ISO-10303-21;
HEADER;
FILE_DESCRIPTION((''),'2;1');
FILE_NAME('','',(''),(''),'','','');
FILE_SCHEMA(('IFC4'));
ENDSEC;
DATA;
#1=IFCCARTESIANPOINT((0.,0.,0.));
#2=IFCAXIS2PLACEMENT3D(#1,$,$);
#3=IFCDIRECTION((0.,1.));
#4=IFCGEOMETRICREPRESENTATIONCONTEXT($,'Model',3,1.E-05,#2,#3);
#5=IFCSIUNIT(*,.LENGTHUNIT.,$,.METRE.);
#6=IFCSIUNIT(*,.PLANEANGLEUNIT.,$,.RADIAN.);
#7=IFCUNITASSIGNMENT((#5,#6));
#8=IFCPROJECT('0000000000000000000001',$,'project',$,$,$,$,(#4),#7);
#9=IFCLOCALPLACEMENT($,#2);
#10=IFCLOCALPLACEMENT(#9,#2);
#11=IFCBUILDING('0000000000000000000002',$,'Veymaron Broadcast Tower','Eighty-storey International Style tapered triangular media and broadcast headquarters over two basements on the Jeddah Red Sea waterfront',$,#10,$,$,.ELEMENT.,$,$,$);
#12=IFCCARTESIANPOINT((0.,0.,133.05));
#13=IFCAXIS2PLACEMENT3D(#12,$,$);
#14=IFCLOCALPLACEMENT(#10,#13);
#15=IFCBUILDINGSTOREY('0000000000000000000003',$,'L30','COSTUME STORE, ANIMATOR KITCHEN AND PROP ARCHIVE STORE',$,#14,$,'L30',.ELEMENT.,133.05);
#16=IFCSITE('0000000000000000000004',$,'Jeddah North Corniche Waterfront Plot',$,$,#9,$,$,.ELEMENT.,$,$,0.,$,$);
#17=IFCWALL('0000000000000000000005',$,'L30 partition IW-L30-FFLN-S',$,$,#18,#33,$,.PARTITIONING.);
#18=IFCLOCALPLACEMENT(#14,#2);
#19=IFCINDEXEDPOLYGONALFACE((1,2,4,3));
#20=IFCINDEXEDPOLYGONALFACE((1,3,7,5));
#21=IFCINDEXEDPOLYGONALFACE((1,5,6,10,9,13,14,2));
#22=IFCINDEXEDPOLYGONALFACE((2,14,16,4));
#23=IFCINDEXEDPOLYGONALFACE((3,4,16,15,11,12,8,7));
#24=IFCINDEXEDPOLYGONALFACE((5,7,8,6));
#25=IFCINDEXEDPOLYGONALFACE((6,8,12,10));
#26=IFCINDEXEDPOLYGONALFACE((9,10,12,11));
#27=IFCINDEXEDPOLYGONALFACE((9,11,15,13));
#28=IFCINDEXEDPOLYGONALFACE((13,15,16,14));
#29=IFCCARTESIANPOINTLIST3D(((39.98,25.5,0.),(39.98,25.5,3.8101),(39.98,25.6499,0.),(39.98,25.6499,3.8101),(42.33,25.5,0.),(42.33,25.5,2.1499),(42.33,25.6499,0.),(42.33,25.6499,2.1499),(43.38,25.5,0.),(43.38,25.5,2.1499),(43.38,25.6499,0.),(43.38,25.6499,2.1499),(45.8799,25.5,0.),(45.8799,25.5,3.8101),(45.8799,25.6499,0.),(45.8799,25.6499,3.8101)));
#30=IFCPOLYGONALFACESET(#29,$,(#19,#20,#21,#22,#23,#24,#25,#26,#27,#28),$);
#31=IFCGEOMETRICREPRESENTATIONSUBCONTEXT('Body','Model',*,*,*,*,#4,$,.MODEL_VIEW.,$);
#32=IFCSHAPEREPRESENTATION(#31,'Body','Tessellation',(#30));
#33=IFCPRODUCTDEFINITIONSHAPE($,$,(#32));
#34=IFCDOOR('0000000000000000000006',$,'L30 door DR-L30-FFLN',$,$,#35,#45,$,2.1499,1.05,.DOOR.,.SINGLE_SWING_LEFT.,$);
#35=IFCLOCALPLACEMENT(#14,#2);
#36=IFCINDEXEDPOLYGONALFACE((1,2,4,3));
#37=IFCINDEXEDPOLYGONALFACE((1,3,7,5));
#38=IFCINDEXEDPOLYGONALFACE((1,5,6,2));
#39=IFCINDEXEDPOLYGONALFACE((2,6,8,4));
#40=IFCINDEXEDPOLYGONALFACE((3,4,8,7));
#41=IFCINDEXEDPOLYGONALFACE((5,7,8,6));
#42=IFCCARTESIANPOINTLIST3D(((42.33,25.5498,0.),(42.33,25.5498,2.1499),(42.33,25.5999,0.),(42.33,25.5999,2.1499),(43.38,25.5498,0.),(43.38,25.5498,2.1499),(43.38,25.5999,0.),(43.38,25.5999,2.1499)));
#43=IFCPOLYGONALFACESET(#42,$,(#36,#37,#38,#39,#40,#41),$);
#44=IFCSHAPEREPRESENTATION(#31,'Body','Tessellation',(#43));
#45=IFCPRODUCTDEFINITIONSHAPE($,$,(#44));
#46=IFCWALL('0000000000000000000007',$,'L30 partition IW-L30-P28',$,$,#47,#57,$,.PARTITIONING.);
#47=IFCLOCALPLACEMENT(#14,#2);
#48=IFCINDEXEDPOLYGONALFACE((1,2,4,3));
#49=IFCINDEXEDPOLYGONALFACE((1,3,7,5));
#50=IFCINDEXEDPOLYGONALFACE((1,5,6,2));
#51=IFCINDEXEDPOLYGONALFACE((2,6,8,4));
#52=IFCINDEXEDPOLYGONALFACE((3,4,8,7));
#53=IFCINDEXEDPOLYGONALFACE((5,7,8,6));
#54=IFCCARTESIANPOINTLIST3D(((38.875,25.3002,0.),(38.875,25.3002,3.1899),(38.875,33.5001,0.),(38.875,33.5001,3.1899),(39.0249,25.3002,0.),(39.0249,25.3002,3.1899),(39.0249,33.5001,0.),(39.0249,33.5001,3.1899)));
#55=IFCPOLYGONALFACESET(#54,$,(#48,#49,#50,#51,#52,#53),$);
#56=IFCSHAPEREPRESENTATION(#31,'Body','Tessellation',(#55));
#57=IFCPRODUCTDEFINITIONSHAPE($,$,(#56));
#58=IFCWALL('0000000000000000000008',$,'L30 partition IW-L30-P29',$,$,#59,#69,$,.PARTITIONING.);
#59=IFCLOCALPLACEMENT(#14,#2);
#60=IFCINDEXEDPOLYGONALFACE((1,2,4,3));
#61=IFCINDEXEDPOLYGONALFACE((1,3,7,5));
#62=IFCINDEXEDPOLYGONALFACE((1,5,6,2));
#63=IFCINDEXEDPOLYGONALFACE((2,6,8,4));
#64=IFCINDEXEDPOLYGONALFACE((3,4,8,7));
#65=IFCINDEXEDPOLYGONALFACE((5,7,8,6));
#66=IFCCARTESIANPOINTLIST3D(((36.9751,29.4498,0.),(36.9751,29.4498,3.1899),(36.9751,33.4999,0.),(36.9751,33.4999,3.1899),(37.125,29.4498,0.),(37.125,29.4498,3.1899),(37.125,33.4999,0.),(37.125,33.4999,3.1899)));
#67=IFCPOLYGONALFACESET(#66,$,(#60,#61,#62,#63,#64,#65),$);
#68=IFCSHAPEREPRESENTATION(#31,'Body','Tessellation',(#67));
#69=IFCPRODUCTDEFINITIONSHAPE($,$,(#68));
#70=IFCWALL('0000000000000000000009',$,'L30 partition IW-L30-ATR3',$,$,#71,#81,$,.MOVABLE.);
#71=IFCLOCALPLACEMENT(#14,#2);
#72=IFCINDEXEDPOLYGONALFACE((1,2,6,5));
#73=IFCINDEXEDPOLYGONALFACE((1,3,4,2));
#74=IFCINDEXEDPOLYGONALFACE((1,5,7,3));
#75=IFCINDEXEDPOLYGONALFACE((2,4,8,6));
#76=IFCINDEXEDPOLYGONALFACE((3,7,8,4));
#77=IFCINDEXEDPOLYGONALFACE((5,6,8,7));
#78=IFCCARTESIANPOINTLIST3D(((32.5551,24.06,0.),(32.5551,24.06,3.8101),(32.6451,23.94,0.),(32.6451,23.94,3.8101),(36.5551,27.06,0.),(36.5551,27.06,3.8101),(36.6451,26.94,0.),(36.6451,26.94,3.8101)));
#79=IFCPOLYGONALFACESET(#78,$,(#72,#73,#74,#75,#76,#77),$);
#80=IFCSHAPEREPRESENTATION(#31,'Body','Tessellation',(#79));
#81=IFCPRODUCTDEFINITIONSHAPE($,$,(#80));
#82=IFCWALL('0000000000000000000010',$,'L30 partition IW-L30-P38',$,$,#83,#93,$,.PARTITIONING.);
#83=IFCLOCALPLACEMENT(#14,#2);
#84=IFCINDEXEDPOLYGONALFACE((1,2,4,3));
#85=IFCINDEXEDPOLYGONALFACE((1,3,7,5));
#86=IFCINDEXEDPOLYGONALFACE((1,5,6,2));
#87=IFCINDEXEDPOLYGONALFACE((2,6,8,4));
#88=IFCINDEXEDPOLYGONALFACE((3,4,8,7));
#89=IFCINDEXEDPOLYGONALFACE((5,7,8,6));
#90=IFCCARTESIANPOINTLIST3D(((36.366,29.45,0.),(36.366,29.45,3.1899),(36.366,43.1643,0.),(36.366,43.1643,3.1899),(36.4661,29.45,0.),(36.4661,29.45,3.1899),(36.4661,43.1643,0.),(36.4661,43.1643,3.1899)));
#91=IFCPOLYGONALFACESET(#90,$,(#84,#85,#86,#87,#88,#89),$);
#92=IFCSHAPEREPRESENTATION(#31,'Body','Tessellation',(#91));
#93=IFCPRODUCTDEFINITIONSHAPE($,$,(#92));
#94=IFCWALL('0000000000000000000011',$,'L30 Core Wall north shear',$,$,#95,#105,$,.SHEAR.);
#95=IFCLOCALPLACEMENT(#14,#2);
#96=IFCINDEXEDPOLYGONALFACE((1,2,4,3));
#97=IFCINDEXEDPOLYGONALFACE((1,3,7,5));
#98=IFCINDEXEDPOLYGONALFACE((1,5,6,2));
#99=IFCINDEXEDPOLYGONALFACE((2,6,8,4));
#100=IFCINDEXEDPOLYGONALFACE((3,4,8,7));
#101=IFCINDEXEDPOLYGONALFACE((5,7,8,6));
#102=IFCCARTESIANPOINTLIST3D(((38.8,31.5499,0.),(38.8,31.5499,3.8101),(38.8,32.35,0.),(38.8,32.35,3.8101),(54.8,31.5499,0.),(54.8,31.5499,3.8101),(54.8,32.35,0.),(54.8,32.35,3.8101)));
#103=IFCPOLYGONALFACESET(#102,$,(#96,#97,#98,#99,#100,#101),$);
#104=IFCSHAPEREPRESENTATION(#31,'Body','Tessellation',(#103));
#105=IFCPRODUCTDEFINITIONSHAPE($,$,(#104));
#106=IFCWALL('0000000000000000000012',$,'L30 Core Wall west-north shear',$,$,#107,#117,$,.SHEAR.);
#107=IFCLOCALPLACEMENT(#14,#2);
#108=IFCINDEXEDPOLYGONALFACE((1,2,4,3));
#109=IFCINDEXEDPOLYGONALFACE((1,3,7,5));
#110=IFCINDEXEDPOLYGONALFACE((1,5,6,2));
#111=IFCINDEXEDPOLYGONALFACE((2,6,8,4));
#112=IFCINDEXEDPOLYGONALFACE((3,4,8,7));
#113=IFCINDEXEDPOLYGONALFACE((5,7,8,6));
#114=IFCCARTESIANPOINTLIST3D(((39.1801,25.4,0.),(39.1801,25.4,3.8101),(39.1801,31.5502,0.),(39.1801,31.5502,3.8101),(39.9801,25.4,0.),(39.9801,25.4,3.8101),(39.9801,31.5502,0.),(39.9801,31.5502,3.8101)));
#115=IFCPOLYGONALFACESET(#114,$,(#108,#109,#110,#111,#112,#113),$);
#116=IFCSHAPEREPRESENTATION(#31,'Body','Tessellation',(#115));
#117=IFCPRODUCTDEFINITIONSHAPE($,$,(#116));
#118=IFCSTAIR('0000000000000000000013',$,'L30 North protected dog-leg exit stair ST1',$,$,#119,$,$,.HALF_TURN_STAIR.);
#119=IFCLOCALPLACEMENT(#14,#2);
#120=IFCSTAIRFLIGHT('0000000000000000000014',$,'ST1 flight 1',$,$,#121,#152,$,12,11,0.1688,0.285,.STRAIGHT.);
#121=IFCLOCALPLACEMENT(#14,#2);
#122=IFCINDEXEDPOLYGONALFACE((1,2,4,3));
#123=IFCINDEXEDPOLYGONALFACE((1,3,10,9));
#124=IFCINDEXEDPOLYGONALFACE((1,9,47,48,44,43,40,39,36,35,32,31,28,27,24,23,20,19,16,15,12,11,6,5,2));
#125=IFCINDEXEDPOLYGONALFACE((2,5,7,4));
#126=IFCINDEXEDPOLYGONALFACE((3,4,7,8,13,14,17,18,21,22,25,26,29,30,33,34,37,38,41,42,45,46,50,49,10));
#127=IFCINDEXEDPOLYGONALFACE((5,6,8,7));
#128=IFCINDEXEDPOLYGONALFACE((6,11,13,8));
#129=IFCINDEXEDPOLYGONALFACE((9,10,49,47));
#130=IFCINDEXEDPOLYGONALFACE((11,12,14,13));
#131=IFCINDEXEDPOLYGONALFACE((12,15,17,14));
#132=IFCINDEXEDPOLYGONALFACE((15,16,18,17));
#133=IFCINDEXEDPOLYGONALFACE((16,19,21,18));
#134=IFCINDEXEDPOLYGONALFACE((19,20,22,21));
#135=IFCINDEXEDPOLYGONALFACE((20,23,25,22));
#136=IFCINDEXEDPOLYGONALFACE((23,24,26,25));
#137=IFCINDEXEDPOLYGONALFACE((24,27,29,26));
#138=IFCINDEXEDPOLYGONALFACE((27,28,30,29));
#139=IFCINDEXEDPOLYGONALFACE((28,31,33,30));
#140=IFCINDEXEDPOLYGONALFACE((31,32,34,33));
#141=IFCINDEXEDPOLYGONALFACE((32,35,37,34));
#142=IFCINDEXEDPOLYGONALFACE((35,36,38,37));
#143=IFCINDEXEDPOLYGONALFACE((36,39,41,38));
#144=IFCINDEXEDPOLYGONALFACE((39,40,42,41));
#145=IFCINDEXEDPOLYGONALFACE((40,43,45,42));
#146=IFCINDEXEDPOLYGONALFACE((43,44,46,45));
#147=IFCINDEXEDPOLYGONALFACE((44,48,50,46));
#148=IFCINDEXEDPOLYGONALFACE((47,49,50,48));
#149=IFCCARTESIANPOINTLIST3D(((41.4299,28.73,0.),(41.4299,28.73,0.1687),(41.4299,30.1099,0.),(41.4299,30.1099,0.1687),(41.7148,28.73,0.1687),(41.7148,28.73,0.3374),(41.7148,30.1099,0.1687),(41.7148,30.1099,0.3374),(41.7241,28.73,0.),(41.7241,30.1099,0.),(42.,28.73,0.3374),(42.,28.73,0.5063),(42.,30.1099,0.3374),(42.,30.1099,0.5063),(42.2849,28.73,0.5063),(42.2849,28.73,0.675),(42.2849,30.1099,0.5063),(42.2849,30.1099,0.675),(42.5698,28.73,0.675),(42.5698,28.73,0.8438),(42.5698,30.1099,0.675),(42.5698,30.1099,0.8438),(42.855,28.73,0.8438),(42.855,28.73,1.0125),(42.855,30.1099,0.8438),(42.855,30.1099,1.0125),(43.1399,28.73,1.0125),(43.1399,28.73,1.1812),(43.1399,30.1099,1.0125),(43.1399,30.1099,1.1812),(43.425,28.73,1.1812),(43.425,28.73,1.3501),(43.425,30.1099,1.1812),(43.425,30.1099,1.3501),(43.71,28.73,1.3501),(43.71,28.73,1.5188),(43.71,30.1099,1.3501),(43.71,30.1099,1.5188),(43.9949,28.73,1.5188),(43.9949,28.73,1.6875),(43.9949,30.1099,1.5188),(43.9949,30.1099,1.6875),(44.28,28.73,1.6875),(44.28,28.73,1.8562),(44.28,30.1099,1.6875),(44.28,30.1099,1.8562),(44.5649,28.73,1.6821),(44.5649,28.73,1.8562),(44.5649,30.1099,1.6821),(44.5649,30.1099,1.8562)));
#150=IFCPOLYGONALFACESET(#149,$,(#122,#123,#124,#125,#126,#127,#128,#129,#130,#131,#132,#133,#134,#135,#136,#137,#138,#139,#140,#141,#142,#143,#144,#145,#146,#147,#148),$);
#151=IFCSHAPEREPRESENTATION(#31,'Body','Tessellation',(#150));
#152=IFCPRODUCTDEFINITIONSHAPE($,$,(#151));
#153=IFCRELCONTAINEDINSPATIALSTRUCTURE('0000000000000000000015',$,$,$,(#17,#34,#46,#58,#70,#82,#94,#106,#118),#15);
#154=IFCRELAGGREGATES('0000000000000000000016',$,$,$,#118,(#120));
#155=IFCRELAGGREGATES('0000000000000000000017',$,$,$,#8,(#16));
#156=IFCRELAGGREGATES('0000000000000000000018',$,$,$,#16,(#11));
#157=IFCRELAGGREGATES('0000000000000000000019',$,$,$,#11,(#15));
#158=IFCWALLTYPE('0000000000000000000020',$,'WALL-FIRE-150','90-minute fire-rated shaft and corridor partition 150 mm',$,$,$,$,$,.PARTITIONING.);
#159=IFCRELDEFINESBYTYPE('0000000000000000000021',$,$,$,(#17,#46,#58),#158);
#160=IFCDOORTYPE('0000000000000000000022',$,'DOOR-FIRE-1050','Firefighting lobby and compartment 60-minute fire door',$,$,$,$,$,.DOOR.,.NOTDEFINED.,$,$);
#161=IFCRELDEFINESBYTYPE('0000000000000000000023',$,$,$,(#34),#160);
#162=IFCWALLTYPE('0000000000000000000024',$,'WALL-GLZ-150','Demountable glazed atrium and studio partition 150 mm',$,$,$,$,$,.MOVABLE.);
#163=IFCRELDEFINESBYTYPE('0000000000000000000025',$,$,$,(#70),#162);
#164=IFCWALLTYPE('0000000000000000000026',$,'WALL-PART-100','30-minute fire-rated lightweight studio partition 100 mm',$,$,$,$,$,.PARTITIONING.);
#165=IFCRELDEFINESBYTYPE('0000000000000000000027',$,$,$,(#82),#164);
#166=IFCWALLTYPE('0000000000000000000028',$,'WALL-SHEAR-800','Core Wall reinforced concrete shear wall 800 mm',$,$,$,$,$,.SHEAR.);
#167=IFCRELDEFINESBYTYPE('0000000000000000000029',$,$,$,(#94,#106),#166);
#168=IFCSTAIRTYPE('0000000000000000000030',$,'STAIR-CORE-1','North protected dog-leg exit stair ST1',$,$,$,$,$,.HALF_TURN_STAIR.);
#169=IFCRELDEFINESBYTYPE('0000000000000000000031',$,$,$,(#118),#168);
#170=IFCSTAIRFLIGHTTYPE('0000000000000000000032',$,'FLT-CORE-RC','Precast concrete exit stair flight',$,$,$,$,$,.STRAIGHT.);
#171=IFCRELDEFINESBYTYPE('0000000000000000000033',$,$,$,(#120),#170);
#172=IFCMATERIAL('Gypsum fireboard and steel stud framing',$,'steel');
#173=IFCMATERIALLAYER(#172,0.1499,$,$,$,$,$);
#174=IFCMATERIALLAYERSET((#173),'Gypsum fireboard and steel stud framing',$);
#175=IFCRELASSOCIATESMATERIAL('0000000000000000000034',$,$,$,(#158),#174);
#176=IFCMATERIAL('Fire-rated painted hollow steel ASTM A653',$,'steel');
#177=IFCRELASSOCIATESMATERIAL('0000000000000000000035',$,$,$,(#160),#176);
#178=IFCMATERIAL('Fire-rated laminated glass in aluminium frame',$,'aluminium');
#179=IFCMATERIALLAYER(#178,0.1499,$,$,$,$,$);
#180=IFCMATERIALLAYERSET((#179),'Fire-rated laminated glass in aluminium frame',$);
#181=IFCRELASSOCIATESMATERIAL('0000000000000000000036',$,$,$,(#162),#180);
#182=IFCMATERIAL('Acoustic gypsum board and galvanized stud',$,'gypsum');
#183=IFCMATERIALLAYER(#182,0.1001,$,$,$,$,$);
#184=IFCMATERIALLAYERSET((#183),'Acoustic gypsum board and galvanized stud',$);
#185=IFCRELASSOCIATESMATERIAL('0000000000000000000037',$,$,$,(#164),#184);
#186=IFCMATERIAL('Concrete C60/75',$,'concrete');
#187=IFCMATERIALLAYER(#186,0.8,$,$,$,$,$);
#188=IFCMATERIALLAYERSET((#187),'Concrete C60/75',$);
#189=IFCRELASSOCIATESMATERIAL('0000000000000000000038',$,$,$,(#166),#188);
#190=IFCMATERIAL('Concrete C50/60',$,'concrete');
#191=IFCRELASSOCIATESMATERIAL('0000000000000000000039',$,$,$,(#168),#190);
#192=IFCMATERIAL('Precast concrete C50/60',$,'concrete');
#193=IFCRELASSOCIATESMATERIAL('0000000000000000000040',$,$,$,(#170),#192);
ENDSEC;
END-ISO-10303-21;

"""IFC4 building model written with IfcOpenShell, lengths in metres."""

from ifc_helpers import new_model, si_unit, direction, frame, frame_2d, origin, place, context, subcontext, project, spatial, polyline, rectangle, outline, extrude, material, layer, layer_set, type_object, element, fill, aggregate, save


model = new_model("IFC4")

# Units and contexts
model_context = context("Model", 3, precision=1e-05, world=origin(), true_north=direction((0.0, 1.0)))
body_context = subcontext(model_context, "Body", "Model", "MODEL_VIEW")
ifc_project = project(units=[si_unit("LENGTHUNIT", "METRE"), si_unit("PLANEANGLEUNIT", "RADIAN")], contexts=[model_context])

# Site, building, storey
site_placement = place(None, origin())
site = spatial("IfcSite", under=ifc_project, at=site_placement, Name="Jeddah North Corniche Waterfront Plot", CompositionType="ELEMENT", RefElevation=0.0)
building_placement = place(site_placement, origin())
building = spatial("IfcBuilding", under=site, at=building_placement, Name="Veymaron Broadcast Tower", Description="Eighty-storey International Style tapered triangular media and broadcast headquarters over two basements on the Jeddah Red Sea waterfront", CompositionType="ELEMENT")
storey_placement = place(building_placement, frame((0.0, 0.0, 133.05)))
storey = spatial("IfcBuildingStorey", under=building, at=storey_placement, Name="L30", Description="COSTUME STORE, ANIMATOR KITCHEN AND PROP ARCHIVE STORE", LongName="L30", CompositionType="ELEMENT", Elevation=133.05)

# Wall, opening, door
ifc_material_1 = material(Name="Gypsum fireboard and steel stud framing", Category="steel")
ifc_layer_1 = layer(ifc_material_1, 0.1499)
ifc_layer_set_1 = layer_set([ifc_layer_1], Name="Gypsum fireboard and steel stud framing")
wall_type_1 = type_object("IfcWallType", Name="WALL-FIRE-150", Description="90-minute fire-rated shaft and corridor partition 150 mm", PredefinedType="PARTITIONING", material=ifc_layer_set_1)
wall_1_placement = place(storey_placement, frame((39.98, 25.575, 0.0), z_axis=(0.0, 0.0, 1.0), x_axis=(1.0, 0.0, 0.0)))
wall_1 = element("IfcWall", 1, at=wall_1_placement, inside=storey, type_object=wall_type_1, Name="L30 partition IW-L30-FFLN-S", PredefinedType="PARTITIONING", context=body_context, shape_type="SweptSolid", body=[
    extrude(rectangle(XDim=5.8999, YDim=0.1499, at=frame_2d((2.95, 0.0))), origin(), (0.0, 0.0, 1.0), 3.8101),
])
opening_1_placement = place(wall_1_placement, frame((2.3501, 0.0, 0.0)))
opening_1 = element("IfcOpeningElement", 2, at=opening_1_placement, cuts=wall_1, PredefinedType="OPENING", context=body_context, shape_type="SweptSolid", body=[
    extrude(rectangle(XDim=1.05, YDim=2.1499, at=frame_2d((0.5249, 1.075))), frame((0.0, 0.085, 0.0), z_axis=(0.0, -1.0, 0.0), x_axis=(1.0, 0.0, 0.0)), (0.0, 0.0, 1.0), 0.1699),
])
ifc_material_2 = material(Name="Fire-rated painted hollow steel ASTM A653", Category="steel")
door_type_1 = type_object("IfcDoorType", Name="DOOR-FIRE-1050", Description="Firefighting lobby and compartment 60-minute fire door", OperationType="NOTDEFINED", PredefinedType="DOOR", material=ifc_material_2)
door_1_placement = place(opening_1_placement, origin())
door_1 = element("IfcDoor", 3, at=door_1_placement, inside=storey, type_object=door_type_1, Name="L30 door DR-L30-FFLN", OperationType="SINGLE_SWING_LEFT", OverallHeight=2.1499, OverallWidth=1.05, PredefinedType="DOOR", context=body_context, shape_type="SweptSolid", body=[
    extrude(rectangle(XDim=1.05, YDim=2.1499, at=frame_2d((0.5249, 1.075))), frame((0.0, 0.0249, 0.0), z_axis=(0.0, -1.0, 0.0), x_axis=(1.0, 0.0, 0.0)), (0.0, 0.0, 1.0), 0.05),
])
fill(opening_1, door_1)

# Walls
wall_2_placement = place(storey_placement, frame((38.95, 25.3, 0.0), z_axis=(0.0, 0.0, 1.0), x_axis=(0.0, 1.0, 0.0)))
element("IfcWall", 4, at=wall_2_placement, inside=storey, type_object=wall_type_1, Name="L30 partition IW-L30-P28", PredefinedType="PARTITIONING", context=body_context, shape_type="SweptSolid", body=[
    extrude(rectangle(XDim=8.2, YDim=0.1499, at=frame_2d((4.1001, 0.0))), origin(), (0.0, 0.0, 1.0), 3.1899),
])
wall_3_placement = place(storey_placement, frame((37.05, 29.45, 0.0), z_axis=(0.0, 0.0, 1.0), x_axis=(0.0, 1.0, 0.0)))
element("IfcWall", 5, at=wall_3_placement, inside=storey, type_object=wall_type_1, Name="L30 partition IW-L30-P29", PredefinedType="PARTITIONING", context=body_context, shape_type="SweptSolid", body=[
    extrude(rectangle(XDim=4.05, YDim=0.1499, at=frame_2d((2.0249, 0.0))), origin(), (0.0, 0.0, 1.0), 3.1899),
])
ifc_material_3 = material(Name="Fire-rated laminated glass in aluminium frame", Category="aluminium")
ifc_layer_2 = layer(ifc_material_3, 0.1499)
ifc_layer_set_2 = layer_set([ifc_layer_2], Name="Fire-rated laminated glass in aluminium frame")
wall_type_2 = type_object("IfcWallType", Name="WALL-GLZ-150", Description="Demountable glazed atrium and studio partition 150 mm", PredefinedType="MOVABLE", material=ifc_layer_set_2)
wall_4_placement = place(storey_placement, frame((36.6001, 27.0, 0.0), z_axis=(0.0, 0.0, 1.0), x_axis=(-0.8, -0.6, 0.0)))
element("IfcWall", 6, at=wall_4_placement, inside=storey, type_object=wall_type_2, Name="L30 partition IW-L30-ATR3", PredefinedType="MOVABLE", context=body_context, shape_type="SweptSolid", body=[
    extrude(rectangle(XDim=5.0, YDim=0.1499, at=frame_2d((2.5, 0.0))), origin(), (0.0, 0.0, 1.0), 3.8101),
])
ifc_material_4 = material(Name="Acoustic gypsum board and galvanized stud", Category="gypsum")
ifc_layer_3 = layer(ifc_material_4, 0.1001)
ifc_layer_set_3 = layer_set([ifc_layer_3], Name="Acoustic gypsum board and galvanized stud")
wall_type_3 = type_object("IfcWallType", Name="WALL-PART-100", Description="30-minute fire-rated lightweight studio partition 100 mm", PredefinedType="PARTITIONING", material=ifc_layer_set_3)
wall_5_placement = place(storey_placement, frame((36.416, 29.45, 0.0), z_axis=(0.0, 0.0, 1.0), x_axis=(0.0, 1.0, 0.0)))
element("IfcWall", 7, at=wall_5_placement, inside=storey, type_object=wall_type_3, Name="L30 partition IW-L30-P38", PredefinedType="PARTITIONING", context=body_context, shape_type="SweptSolid", body=[
    extrude(rectangle(XDim=13.7144, YDim=0.1001, at=frame_2d((6.8572, 0.0))), origin(), (0.0, 0.0, 1.0), 3.1899),
])

# Shared definitions
ifc_material_5 = material(Name="Concrete C50/60", Category="concrete")

# Walls
ifc_material_6 = material(Name="Concrete C60/75", Category="concrete")
ifc_layer_4 = layer(ifc_material_6, 0.8)
ifc_layer_set_4 = layer_set([ifc_layer_4], Name="Concrete C60/75")
wall_type_4 = type_object("IfcWallType", Name="WALL-SHEAR-800", Description="Core Wall reinforced concrete shear wall 800 mm", PredefinedType="SHEAR", material=ifc_layer_set_4)
wall_6_placement = place(storey_placement, frame((38.8, 31.95, 0.0), z_axis=(0.0, 0.0, 1.0), x_axis=(1.0, 0.0, 0.0)))
element("IfcWall", 8, at=wall_6_placement, inside=storey, type_object=wall_type_4, Name="L30 Core Wall north shear", PredefinedType="SHEAR", context=body_context, shape_type="SweptSolid", body=[
    extrude(rectangle(XDim=16.0, YDim=0.8, at=frame_2d((8.0, 0.0))), origin(), (0.0, 0.0, 1.0), 3.8101),
])
wall_7_placement = place(storey_placement, frame((39.5801, 25.3999, 0.0), z_axis=(0.0, 0.0, 1.0), x_axis=(0.0, 1.0, 0.0)))
element("IfcWall", 9, at=wall_7_placement, inside=storey, type_object=wall_type_4, Name="L30 Core Wall west-north shear", PredefinedType="SHEAR", context=body_context, shape_type="SweptSolid", body=[
    extrude(rectangle(XDim=6.1501, YDim=0.8, at=frame_2d((3.0752, 0.0))), origin(), (0.0, 0.0, 1.0), 3.8101),
])

# Stair, stair flight
stair_type = type_object("IfcStairType", Name="STAIR-CORE-1", Description="North protected dog-leg exit stair ST1", PredefinedType="HALF_TURN_STAIR", material=ifc_material_5)
stair_placement = place(storey_placement, origin())
stair = element("IfcStair", 10, at=stair_placement, inside=storey, type_object=stair_type, Name="L30 North protected dog-leg exit stair ST1", PredefinedType="HALF_TURN_STAIR")
ifc_material_7 = material(Name="Precast concrete C50/60", Category="concrete")
stair_flight_type = type_object("IfcStairFlightType", Name="FLT-CORE-RC", Description="Precast concrete exit stair flight", PredefinedType="STRAIGHT", material=ifc_material_7)
stair_flight_1_placement = place(storey_placement, frame((41.4299, 29.4199, 0.0), z_axis=(0.0, 0.0, 1.0), x_axis=(1.0, 0.0, 0.0)))
stair_flight_1 = element("IfcStairFlight", 11, at=stair_flight_1_placement, type_object=stair_flight_type, Name="ST1 flight 1", NumberOfRisers=12, NumberOfTreads=11, PredefinedType="STRAIGHT", RiserHeight=0.1688, TreadLength=0.285, context=body_context, shape_type="SweptSolid", body=[
    extrude(outline(polyline([(0.0, 0.0), (0.0, 0.1687), (0.2849, 0.1687), (0.2849, 0.3374), (0.5701, 0.3374), (0.5701, 0.5063), (0.855, 0.5063), (0.855, 0.675), (1.1399, 0.675), (1.1399, 0.8438), (1.425, 0.8438), (1.425, 1.0125), (1.71, 1.0125), (1.71, 1.1812), (1.9951, 1.1812), (1.9951, 1.3501), (2.28, 1.3501), (2.28, 1.5188), (2.5649, 1.5188), (2.5649, 1.6875), (2.8501, 1.6875), (2.8501, 1.8562), (3.135, 1.8562), (3.135, 2.0249), (3.135, 1.6821), (0.2942, 0.0), (0.0, 0.0)])), frame((0.0, 0.6899, 0.0), z_axis=(0.0, -1.0, 0.0), x_axis=(1.0, 0.0, 0.0)), (0.0, 0.0, 1.0), 1.3799),
])
aggregate(stair, [stair_flight_1])

save(model, "model.ifc")
